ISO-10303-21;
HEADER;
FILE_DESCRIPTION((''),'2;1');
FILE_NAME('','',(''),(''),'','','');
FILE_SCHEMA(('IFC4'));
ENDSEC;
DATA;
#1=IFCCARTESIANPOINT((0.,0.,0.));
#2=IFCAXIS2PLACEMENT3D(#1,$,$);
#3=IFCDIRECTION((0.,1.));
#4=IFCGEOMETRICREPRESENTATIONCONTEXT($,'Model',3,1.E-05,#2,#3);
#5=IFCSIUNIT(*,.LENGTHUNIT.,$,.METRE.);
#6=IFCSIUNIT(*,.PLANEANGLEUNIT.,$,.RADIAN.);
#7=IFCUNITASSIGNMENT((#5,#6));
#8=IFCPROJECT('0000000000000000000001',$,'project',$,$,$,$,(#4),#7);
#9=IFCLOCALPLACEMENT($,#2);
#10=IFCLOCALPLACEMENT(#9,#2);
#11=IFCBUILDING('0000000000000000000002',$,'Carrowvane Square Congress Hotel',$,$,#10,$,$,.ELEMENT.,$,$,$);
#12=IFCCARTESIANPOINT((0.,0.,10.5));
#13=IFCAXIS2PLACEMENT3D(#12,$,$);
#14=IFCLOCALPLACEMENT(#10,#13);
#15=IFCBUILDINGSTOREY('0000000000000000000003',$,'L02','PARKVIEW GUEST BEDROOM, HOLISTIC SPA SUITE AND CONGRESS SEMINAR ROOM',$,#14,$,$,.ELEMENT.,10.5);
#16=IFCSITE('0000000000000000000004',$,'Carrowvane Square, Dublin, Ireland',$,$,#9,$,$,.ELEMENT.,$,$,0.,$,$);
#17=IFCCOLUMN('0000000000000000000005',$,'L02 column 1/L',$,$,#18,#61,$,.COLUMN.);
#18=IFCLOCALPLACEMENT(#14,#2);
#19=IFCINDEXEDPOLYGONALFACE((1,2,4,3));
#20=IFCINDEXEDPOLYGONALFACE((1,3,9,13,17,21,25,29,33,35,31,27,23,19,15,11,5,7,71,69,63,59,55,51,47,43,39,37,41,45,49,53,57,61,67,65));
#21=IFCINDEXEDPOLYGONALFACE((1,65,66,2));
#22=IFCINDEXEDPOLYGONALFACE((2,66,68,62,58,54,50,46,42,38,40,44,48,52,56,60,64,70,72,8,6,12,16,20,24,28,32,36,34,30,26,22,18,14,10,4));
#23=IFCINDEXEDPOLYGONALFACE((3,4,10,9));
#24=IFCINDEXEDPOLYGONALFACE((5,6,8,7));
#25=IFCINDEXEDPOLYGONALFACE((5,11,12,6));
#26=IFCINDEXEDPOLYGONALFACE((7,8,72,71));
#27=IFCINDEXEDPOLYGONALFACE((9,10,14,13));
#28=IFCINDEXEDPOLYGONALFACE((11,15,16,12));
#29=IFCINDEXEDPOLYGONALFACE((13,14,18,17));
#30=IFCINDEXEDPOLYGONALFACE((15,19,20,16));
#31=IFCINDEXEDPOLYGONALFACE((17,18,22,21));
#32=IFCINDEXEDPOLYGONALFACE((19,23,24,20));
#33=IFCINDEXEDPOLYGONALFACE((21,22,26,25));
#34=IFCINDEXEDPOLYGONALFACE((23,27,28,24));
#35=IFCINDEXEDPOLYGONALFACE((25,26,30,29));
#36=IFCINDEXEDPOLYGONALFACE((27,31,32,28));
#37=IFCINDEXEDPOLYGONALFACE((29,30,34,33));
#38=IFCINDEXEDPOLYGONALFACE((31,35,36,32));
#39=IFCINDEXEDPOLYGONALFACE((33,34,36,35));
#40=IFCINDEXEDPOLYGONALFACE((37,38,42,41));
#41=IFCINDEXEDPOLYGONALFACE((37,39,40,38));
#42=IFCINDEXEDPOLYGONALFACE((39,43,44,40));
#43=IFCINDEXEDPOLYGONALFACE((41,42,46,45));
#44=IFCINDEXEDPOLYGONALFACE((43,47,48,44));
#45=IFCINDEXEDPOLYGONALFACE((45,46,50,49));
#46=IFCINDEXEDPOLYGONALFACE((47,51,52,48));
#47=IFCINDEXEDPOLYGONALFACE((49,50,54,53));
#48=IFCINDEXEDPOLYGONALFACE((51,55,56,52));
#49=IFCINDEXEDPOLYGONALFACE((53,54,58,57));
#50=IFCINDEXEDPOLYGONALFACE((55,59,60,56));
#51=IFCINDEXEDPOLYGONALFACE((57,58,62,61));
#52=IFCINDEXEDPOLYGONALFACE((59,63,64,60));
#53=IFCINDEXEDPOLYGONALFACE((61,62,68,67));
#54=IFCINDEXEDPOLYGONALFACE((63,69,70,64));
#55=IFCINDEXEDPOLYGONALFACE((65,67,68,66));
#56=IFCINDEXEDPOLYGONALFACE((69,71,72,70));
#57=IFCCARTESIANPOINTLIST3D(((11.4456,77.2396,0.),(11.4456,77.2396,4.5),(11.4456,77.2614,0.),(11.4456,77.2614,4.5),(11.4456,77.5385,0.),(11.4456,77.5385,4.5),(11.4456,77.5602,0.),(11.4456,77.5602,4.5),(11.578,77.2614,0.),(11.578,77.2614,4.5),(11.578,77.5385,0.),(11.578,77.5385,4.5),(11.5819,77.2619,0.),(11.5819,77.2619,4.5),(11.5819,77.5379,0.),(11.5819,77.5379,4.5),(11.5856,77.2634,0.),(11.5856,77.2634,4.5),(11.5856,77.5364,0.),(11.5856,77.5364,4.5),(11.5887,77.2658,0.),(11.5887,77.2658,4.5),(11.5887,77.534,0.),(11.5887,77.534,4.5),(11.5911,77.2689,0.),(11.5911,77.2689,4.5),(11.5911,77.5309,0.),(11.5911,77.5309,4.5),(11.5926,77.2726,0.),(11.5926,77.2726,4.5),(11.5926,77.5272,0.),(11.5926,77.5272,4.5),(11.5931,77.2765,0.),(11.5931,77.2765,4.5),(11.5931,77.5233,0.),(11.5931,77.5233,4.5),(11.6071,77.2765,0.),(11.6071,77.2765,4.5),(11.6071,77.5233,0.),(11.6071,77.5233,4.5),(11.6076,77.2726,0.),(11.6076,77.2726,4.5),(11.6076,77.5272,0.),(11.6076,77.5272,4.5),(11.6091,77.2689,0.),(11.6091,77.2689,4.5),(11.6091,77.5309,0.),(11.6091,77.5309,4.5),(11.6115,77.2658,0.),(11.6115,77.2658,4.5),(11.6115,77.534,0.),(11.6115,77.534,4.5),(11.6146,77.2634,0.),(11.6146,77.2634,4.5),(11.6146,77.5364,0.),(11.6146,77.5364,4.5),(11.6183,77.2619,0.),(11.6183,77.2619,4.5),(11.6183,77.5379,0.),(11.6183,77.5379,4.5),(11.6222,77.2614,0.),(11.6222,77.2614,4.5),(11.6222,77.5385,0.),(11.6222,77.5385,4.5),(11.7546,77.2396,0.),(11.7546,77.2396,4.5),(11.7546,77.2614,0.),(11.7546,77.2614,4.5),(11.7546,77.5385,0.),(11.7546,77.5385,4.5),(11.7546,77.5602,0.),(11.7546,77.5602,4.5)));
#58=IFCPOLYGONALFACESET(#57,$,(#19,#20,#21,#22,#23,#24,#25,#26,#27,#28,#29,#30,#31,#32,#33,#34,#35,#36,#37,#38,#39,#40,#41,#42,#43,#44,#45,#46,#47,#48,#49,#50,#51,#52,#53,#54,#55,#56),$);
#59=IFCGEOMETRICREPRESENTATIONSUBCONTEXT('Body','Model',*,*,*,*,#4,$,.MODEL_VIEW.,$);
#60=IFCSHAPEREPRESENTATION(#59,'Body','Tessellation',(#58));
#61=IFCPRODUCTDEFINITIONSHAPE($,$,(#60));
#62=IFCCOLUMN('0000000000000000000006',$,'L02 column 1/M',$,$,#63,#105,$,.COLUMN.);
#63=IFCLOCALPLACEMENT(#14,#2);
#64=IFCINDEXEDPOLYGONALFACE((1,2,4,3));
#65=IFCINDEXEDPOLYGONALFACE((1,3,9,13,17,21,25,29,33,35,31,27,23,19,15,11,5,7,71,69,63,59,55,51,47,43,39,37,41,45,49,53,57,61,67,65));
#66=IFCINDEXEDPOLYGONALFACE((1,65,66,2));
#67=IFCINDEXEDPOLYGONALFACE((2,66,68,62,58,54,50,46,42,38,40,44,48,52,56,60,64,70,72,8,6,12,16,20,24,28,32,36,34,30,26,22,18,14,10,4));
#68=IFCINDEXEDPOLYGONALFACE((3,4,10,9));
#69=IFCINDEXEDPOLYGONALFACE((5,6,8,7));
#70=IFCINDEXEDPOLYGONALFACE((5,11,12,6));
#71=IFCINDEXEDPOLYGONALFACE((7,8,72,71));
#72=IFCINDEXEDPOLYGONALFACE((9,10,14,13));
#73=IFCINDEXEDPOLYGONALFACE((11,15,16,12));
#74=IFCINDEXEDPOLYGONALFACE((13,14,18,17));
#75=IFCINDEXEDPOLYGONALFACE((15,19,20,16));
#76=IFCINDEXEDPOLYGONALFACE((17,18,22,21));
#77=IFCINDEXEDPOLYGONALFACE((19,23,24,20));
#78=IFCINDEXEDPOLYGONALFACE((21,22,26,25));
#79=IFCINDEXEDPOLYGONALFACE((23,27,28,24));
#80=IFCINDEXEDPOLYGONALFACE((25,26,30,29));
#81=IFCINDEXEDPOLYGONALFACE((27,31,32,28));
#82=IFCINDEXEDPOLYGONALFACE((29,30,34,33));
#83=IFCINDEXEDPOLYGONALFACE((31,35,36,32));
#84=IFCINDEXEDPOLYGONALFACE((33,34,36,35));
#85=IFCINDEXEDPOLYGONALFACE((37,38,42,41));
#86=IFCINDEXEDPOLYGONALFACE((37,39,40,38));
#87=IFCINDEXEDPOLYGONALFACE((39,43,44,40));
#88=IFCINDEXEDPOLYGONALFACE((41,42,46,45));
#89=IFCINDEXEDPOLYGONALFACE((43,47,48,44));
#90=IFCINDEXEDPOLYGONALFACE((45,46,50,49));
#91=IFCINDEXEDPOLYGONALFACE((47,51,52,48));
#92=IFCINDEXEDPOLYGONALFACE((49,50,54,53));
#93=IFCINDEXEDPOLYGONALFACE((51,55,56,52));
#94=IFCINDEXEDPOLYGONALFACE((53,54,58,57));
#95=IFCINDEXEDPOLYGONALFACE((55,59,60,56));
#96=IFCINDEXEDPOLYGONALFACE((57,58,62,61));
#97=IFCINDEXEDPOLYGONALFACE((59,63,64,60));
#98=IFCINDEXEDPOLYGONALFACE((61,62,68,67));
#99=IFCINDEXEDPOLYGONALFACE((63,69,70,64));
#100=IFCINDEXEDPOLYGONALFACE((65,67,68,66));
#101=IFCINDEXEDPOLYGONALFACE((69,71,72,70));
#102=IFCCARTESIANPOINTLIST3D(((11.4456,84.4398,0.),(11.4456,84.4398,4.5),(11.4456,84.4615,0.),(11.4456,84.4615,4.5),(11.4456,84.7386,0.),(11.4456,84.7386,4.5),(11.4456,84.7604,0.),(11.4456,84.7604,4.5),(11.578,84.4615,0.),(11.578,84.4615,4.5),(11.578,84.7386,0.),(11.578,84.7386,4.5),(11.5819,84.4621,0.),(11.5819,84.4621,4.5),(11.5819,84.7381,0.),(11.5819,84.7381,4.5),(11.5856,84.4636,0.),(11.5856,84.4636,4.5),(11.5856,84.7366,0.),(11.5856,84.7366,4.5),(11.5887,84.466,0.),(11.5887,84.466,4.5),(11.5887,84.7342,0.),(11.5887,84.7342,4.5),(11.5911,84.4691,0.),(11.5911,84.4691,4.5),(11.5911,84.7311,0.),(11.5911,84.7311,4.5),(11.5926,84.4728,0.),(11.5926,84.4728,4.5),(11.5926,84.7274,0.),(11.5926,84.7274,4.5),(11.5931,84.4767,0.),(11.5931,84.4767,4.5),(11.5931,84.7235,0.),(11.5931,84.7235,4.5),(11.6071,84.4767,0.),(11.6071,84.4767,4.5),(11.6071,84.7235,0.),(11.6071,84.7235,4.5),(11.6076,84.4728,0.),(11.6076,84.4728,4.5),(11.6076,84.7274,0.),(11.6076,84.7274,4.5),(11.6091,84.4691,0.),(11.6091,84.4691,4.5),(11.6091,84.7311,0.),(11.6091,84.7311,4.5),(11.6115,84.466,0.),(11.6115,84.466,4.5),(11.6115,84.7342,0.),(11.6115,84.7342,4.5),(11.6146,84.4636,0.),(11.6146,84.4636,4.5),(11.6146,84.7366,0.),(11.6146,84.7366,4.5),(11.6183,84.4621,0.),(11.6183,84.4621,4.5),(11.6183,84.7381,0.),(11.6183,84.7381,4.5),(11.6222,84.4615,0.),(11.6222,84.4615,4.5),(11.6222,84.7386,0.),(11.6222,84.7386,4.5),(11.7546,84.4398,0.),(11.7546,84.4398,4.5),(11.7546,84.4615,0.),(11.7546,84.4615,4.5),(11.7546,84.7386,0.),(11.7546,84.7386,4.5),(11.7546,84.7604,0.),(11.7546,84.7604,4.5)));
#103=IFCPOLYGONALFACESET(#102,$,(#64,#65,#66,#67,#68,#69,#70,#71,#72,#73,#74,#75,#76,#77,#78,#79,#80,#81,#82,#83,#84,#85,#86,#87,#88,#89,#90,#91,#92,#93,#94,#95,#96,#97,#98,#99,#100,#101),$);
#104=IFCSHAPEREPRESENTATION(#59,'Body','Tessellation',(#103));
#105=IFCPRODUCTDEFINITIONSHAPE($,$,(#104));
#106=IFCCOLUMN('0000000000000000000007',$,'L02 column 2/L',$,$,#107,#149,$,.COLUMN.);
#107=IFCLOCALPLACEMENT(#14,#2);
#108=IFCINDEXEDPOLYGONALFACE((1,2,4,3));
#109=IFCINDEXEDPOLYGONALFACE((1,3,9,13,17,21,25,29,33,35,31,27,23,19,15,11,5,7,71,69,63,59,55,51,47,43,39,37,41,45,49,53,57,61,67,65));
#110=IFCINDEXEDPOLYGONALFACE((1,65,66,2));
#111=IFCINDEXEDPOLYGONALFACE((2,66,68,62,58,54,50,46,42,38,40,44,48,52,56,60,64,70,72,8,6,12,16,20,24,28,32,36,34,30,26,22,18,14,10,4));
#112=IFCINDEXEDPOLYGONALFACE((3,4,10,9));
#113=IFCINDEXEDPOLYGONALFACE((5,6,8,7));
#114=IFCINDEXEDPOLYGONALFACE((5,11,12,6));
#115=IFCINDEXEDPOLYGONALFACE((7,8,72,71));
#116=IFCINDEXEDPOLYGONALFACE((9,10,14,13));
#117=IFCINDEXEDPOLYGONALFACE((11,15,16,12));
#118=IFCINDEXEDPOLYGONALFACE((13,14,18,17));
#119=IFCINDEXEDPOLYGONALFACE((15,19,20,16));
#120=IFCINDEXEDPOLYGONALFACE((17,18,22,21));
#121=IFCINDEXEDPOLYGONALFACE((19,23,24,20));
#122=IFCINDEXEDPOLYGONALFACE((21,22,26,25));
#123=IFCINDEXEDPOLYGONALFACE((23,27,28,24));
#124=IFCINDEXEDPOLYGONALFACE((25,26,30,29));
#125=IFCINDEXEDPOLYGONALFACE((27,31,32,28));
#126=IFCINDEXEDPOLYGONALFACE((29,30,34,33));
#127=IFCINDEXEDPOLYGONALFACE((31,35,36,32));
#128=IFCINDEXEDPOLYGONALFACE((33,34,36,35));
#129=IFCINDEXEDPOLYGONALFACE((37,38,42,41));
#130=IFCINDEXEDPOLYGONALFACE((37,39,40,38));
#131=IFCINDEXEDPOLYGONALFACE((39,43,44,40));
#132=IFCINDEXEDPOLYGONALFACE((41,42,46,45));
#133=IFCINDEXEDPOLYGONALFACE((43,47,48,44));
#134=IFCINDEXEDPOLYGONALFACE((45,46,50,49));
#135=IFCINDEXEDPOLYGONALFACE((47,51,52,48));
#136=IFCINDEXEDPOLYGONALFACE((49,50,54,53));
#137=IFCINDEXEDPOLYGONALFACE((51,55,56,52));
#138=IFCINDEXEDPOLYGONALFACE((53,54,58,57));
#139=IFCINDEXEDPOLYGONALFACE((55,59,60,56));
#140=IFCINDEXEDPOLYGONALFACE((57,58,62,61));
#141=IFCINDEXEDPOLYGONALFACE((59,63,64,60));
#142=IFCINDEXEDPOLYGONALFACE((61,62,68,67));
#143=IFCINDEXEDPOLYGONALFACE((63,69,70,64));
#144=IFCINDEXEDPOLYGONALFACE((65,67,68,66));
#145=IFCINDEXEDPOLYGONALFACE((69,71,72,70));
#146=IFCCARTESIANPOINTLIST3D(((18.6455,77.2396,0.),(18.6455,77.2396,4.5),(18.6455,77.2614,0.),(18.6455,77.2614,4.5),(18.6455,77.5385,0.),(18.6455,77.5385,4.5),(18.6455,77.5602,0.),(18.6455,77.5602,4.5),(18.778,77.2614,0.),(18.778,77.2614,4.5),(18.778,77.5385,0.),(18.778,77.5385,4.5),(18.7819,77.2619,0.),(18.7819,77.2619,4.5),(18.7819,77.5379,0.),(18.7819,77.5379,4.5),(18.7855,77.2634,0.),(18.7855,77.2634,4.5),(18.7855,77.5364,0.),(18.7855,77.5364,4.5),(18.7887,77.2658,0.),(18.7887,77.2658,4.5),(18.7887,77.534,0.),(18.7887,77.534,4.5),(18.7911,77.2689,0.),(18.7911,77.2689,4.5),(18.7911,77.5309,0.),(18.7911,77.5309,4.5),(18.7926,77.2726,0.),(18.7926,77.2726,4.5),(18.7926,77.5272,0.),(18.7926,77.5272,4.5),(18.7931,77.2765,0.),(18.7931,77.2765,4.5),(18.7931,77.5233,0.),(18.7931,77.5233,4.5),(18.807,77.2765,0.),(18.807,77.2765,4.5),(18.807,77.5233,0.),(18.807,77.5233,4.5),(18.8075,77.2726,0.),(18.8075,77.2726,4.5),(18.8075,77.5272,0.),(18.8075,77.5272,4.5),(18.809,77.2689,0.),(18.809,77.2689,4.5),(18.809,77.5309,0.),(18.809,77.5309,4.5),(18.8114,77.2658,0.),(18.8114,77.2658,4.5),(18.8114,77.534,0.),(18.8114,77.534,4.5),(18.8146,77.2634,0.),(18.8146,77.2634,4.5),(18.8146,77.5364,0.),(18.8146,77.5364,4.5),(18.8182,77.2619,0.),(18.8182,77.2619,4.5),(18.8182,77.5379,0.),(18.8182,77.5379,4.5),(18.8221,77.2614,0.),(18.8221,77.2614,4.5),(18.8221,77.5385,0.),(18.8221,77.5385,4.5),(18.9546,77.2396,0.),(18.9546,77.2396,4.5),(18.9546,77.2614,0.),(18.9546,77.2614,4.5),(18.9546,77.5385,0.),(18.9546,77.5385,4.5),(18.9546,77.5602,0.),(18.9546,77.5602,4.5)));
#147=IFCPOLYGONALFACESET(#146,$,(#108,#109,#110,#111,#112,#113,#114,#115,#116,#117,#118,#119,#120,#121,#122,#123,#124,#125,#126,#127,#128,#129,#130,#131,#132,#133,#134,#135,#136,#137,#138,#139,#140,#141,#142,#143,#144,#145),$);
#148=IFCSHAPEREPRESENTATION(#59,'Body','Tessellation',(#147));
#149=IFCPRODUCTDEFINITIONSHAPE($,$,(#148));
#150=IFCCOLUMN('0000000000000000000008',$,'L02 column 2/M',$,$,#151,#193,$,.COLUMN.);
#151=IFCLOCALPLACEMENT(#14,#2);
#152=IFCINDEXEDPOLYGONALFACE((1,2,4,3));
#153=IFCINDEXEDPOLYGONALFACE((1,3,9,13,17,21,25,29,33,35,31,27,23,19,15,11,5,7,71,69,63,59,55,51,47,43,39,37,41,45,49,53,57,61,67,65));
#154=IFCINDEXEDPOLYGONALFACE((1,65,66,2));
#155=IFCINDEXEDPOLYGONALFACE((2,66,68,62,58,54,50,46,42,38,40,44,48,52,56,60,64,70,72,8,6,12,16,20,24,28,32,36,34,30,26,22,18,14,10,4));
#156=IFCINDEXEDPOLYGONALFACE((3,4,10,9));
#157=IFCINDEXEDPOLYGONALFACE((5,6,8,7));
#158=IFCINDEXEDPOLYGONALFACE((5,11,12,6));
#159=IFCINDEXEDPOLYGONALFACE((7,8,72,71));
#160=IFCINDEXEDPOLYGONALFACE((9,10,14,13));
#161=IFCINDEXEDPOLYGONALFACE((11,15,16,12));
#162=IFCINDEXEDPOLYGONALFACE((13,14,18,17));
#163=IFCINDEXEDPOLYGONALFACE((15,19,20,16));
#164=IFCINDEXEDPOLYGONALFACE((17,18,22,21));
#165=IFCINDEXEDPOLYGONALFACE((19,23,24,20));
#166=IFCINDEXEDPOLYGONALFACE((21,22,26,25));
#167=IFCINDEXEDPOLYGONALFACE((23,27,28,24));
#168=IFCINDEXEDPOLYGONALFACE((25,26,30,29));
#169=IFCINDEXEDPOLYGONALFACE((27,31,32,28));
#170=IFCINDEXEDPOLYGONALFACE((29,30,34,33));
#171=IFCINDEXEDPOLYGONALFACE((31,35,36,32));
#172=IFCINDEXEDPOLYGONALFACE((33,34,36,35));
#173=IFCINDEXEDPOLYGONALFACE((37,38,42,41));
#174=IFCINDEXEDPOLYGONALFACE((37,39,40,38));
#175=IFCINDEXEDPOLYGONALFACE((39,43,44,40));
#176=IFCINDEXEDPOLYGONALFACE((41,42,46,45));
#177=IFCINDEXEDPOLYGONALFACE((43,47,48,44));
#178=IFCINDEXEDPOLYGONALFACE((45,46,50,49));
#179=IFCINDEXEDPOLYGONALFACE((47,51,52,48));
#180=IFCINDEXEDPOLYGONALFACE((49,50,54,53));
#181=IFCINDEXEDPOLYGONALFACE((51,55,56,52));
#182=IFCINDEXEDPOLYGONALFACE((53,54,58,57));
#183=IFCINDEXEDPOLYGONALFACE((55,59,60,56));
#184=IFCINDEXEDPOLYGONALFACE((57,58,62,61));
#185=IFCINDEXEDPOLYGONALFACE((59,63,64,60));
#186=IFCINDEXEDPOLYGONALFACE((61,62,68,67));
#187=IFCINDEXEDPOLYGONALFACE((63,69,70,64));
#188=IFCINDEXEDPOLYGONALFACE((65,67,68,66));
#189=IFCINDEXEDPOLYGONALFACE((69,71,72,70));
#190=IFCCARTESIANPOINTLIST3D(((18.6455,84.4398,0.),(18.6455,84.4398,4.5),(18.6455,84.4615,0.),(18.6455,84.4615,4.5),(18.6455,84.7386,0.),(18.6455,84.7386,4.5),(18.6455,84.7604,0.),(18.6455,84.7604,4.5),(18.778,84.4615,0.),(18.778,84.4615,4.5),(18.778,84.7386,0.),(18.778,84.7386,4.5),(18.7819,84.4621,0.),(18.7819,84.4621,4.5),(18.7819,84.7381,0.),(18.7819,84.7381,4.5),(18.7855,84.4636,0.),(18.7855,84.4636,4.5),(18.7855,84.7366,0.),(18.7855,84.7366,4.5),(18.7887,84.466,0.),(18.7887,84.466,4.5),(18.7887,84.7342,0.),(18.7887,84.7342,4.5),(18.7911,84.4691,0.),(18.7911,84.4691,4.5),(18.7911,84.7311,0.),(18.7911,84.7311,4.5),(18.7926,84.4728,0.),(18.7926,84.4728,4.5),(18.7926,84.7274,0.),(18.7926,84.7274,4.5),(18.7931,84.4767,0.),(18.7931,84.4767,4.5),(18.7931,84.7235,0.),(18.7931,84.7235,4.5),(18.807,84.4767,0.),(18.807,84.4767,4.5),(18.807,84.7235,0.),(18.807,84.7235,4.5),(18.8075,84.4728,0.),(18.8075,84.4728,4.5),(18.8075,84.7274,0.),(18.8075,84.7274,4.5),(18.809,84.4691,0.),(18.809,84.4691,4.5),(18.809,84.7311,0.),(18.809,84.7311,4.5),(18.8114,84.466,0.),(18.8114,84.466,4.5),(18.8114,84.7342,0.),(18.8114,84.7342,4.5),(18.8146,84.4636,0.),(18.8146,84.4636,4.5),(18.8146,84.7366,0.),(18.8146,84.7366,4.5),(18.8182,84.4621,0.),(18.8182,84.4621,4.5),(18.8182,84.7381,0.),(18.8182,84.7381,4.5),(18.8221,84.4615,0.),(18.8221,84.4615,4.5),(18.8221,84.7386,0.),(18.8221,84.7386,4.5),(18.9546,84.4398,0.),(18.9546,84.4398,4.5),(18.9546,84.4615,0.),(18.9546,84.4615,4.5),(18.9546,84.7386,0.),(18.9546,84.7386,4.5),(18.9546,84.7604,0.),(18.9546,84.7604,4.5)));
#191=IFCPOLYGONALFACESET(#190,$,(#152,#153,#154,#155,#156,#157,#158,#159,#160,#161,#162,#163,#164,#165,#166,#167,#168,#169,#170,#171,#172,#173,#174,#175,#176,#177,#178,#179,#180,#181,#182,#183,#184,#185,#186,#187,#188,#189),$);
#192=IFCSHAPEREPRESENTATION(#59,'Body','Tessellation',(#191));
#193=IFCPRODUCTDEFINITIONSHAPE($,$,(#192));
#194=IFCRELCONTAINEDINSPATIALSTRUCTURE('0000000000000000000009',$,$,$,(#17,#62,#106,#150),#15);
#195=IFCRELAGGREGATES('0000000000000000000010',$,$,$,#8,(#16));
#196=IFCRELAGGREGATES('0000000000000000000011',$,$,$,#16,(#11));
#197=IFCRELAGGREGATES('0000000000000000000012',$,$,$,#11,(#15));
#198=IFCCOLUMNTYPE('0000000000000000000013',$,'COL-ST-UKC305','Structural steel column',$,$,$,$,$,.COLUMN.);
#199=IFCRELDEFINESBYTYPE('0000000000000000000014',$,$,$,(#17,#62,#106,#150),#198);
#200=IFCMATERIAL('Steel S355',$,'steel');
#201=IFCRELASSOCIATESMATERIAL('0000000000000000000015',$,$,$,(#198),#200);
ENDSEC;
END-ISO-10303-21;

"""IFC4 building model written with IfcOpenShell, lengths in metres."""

from ifc_helpers import new_model, si_unit, direction, frame, origin, origin_2d, place, context, subcontext, project, spatial, i_section, extrude, material, material_profile, profile_set, type_object, element, save


model = new_model("IFC4")

# Units and contexts
model_context = context("Model", 3, precision=1e-05, world=origin(), true_north=direction((0.0, 1.0)))
body_context = subcontext(model_context, "Body", "Model", "MODEL_VIEW")
ifc_project = project(units=[si_unit("LENGTHUNIT", "METRE"), si_unit("PLANEANGLEUNIT", "RADIAN")], contexts=[model_context])

# Site, building, storey
site_placement = place(None, origin())
site = spatial("IfcSite", under=ifc_project, at=site_placement, Name="Carrowvane Square, Dublin, Ireland", CompositionType="ELEMENT", RefElevation=0.0)
building_placement = place(site_placement, origin())
building = spatial("IfcBuilding", under=site, at=building_placement, Name="Carrowvane Square Congress Hotel", CompositionType="ELEMENT")
storey_placement = place(building_placement, frame((0.0, 0.0, 10.5)))
storey = spatial("IfcBuildingStorey", under=building, at=storey_placement, Name="L02", Description="PARKVIEW GUEST BEDROOM, HOLISTIC SPA SUITE AND CONGRESS SEMINAR ROOM", CompositionType="ELEMENT", Elevation=10.5)

# Columns
ifc_material_1 = material(Name="Steel S355", Category="steel")
ifc_material_profile_1 = material_profile(ifc_material_1, i_section(OverallWidth=0.3091, OverallDepth=0.3206, WebThickness=0.0139, FlangeThickness=0.0217, FilletRadius=0.0151, at=origin_2d()), Name="UKC 305x305x137")
ifc_profile_set_1 = profile_set([ifc_material_profile_1], Name="Steel S355")
column_type = type_object("IfcColumnType", Name="COL-ST-UKC305", Description="Structural steel column", PredefinedType="COLUMN", material=ifc_profile_set_1)
for number, where, z_axis, x_axis, name in (
    (1, (11.6001, 77.3999, 0.0), (0.0, 0.0, 1.0), (1.0, 0.0, 0.0), "L02 column 1/L"),
    (2, (11.6001, 84.6001, 0.0), (0.0, 0.0, 1.0), (1.0, 0.0, 0.0), "L02 column 1/M"),
    (3, (18.8, 77.3999, 0.0), (0.0, 0.0, 1.0), (1.0, 0.0, 0.0), "L02 column 2/L"),
    (4, (18.8, 84.6001, 0.0), (0.0, 0.0, 1.0), (1.0, 0.0, 0.0), "L02 column 2/M"),
):
    element("IfcColumn", number, at=place(storey_placement, frame(where, z_axis=z_axis, x_axis=x_axis)), inside=storey, type_object=column_type, Name=name, PredefinedType="COLUMN", context=body_context, shape_type="SweptSolid", body=[
        extrude(i_section(OverallWidth=0.3091, OverallDepth=0.3206, WebThickness=0.0139, FlangeThickness=0.0217, FilletRadius=0.0151, at=origin_2d()), origin(), (0.0, 0.0, 1.0), 4.5),
    ])

save(model, "model.ifc")
